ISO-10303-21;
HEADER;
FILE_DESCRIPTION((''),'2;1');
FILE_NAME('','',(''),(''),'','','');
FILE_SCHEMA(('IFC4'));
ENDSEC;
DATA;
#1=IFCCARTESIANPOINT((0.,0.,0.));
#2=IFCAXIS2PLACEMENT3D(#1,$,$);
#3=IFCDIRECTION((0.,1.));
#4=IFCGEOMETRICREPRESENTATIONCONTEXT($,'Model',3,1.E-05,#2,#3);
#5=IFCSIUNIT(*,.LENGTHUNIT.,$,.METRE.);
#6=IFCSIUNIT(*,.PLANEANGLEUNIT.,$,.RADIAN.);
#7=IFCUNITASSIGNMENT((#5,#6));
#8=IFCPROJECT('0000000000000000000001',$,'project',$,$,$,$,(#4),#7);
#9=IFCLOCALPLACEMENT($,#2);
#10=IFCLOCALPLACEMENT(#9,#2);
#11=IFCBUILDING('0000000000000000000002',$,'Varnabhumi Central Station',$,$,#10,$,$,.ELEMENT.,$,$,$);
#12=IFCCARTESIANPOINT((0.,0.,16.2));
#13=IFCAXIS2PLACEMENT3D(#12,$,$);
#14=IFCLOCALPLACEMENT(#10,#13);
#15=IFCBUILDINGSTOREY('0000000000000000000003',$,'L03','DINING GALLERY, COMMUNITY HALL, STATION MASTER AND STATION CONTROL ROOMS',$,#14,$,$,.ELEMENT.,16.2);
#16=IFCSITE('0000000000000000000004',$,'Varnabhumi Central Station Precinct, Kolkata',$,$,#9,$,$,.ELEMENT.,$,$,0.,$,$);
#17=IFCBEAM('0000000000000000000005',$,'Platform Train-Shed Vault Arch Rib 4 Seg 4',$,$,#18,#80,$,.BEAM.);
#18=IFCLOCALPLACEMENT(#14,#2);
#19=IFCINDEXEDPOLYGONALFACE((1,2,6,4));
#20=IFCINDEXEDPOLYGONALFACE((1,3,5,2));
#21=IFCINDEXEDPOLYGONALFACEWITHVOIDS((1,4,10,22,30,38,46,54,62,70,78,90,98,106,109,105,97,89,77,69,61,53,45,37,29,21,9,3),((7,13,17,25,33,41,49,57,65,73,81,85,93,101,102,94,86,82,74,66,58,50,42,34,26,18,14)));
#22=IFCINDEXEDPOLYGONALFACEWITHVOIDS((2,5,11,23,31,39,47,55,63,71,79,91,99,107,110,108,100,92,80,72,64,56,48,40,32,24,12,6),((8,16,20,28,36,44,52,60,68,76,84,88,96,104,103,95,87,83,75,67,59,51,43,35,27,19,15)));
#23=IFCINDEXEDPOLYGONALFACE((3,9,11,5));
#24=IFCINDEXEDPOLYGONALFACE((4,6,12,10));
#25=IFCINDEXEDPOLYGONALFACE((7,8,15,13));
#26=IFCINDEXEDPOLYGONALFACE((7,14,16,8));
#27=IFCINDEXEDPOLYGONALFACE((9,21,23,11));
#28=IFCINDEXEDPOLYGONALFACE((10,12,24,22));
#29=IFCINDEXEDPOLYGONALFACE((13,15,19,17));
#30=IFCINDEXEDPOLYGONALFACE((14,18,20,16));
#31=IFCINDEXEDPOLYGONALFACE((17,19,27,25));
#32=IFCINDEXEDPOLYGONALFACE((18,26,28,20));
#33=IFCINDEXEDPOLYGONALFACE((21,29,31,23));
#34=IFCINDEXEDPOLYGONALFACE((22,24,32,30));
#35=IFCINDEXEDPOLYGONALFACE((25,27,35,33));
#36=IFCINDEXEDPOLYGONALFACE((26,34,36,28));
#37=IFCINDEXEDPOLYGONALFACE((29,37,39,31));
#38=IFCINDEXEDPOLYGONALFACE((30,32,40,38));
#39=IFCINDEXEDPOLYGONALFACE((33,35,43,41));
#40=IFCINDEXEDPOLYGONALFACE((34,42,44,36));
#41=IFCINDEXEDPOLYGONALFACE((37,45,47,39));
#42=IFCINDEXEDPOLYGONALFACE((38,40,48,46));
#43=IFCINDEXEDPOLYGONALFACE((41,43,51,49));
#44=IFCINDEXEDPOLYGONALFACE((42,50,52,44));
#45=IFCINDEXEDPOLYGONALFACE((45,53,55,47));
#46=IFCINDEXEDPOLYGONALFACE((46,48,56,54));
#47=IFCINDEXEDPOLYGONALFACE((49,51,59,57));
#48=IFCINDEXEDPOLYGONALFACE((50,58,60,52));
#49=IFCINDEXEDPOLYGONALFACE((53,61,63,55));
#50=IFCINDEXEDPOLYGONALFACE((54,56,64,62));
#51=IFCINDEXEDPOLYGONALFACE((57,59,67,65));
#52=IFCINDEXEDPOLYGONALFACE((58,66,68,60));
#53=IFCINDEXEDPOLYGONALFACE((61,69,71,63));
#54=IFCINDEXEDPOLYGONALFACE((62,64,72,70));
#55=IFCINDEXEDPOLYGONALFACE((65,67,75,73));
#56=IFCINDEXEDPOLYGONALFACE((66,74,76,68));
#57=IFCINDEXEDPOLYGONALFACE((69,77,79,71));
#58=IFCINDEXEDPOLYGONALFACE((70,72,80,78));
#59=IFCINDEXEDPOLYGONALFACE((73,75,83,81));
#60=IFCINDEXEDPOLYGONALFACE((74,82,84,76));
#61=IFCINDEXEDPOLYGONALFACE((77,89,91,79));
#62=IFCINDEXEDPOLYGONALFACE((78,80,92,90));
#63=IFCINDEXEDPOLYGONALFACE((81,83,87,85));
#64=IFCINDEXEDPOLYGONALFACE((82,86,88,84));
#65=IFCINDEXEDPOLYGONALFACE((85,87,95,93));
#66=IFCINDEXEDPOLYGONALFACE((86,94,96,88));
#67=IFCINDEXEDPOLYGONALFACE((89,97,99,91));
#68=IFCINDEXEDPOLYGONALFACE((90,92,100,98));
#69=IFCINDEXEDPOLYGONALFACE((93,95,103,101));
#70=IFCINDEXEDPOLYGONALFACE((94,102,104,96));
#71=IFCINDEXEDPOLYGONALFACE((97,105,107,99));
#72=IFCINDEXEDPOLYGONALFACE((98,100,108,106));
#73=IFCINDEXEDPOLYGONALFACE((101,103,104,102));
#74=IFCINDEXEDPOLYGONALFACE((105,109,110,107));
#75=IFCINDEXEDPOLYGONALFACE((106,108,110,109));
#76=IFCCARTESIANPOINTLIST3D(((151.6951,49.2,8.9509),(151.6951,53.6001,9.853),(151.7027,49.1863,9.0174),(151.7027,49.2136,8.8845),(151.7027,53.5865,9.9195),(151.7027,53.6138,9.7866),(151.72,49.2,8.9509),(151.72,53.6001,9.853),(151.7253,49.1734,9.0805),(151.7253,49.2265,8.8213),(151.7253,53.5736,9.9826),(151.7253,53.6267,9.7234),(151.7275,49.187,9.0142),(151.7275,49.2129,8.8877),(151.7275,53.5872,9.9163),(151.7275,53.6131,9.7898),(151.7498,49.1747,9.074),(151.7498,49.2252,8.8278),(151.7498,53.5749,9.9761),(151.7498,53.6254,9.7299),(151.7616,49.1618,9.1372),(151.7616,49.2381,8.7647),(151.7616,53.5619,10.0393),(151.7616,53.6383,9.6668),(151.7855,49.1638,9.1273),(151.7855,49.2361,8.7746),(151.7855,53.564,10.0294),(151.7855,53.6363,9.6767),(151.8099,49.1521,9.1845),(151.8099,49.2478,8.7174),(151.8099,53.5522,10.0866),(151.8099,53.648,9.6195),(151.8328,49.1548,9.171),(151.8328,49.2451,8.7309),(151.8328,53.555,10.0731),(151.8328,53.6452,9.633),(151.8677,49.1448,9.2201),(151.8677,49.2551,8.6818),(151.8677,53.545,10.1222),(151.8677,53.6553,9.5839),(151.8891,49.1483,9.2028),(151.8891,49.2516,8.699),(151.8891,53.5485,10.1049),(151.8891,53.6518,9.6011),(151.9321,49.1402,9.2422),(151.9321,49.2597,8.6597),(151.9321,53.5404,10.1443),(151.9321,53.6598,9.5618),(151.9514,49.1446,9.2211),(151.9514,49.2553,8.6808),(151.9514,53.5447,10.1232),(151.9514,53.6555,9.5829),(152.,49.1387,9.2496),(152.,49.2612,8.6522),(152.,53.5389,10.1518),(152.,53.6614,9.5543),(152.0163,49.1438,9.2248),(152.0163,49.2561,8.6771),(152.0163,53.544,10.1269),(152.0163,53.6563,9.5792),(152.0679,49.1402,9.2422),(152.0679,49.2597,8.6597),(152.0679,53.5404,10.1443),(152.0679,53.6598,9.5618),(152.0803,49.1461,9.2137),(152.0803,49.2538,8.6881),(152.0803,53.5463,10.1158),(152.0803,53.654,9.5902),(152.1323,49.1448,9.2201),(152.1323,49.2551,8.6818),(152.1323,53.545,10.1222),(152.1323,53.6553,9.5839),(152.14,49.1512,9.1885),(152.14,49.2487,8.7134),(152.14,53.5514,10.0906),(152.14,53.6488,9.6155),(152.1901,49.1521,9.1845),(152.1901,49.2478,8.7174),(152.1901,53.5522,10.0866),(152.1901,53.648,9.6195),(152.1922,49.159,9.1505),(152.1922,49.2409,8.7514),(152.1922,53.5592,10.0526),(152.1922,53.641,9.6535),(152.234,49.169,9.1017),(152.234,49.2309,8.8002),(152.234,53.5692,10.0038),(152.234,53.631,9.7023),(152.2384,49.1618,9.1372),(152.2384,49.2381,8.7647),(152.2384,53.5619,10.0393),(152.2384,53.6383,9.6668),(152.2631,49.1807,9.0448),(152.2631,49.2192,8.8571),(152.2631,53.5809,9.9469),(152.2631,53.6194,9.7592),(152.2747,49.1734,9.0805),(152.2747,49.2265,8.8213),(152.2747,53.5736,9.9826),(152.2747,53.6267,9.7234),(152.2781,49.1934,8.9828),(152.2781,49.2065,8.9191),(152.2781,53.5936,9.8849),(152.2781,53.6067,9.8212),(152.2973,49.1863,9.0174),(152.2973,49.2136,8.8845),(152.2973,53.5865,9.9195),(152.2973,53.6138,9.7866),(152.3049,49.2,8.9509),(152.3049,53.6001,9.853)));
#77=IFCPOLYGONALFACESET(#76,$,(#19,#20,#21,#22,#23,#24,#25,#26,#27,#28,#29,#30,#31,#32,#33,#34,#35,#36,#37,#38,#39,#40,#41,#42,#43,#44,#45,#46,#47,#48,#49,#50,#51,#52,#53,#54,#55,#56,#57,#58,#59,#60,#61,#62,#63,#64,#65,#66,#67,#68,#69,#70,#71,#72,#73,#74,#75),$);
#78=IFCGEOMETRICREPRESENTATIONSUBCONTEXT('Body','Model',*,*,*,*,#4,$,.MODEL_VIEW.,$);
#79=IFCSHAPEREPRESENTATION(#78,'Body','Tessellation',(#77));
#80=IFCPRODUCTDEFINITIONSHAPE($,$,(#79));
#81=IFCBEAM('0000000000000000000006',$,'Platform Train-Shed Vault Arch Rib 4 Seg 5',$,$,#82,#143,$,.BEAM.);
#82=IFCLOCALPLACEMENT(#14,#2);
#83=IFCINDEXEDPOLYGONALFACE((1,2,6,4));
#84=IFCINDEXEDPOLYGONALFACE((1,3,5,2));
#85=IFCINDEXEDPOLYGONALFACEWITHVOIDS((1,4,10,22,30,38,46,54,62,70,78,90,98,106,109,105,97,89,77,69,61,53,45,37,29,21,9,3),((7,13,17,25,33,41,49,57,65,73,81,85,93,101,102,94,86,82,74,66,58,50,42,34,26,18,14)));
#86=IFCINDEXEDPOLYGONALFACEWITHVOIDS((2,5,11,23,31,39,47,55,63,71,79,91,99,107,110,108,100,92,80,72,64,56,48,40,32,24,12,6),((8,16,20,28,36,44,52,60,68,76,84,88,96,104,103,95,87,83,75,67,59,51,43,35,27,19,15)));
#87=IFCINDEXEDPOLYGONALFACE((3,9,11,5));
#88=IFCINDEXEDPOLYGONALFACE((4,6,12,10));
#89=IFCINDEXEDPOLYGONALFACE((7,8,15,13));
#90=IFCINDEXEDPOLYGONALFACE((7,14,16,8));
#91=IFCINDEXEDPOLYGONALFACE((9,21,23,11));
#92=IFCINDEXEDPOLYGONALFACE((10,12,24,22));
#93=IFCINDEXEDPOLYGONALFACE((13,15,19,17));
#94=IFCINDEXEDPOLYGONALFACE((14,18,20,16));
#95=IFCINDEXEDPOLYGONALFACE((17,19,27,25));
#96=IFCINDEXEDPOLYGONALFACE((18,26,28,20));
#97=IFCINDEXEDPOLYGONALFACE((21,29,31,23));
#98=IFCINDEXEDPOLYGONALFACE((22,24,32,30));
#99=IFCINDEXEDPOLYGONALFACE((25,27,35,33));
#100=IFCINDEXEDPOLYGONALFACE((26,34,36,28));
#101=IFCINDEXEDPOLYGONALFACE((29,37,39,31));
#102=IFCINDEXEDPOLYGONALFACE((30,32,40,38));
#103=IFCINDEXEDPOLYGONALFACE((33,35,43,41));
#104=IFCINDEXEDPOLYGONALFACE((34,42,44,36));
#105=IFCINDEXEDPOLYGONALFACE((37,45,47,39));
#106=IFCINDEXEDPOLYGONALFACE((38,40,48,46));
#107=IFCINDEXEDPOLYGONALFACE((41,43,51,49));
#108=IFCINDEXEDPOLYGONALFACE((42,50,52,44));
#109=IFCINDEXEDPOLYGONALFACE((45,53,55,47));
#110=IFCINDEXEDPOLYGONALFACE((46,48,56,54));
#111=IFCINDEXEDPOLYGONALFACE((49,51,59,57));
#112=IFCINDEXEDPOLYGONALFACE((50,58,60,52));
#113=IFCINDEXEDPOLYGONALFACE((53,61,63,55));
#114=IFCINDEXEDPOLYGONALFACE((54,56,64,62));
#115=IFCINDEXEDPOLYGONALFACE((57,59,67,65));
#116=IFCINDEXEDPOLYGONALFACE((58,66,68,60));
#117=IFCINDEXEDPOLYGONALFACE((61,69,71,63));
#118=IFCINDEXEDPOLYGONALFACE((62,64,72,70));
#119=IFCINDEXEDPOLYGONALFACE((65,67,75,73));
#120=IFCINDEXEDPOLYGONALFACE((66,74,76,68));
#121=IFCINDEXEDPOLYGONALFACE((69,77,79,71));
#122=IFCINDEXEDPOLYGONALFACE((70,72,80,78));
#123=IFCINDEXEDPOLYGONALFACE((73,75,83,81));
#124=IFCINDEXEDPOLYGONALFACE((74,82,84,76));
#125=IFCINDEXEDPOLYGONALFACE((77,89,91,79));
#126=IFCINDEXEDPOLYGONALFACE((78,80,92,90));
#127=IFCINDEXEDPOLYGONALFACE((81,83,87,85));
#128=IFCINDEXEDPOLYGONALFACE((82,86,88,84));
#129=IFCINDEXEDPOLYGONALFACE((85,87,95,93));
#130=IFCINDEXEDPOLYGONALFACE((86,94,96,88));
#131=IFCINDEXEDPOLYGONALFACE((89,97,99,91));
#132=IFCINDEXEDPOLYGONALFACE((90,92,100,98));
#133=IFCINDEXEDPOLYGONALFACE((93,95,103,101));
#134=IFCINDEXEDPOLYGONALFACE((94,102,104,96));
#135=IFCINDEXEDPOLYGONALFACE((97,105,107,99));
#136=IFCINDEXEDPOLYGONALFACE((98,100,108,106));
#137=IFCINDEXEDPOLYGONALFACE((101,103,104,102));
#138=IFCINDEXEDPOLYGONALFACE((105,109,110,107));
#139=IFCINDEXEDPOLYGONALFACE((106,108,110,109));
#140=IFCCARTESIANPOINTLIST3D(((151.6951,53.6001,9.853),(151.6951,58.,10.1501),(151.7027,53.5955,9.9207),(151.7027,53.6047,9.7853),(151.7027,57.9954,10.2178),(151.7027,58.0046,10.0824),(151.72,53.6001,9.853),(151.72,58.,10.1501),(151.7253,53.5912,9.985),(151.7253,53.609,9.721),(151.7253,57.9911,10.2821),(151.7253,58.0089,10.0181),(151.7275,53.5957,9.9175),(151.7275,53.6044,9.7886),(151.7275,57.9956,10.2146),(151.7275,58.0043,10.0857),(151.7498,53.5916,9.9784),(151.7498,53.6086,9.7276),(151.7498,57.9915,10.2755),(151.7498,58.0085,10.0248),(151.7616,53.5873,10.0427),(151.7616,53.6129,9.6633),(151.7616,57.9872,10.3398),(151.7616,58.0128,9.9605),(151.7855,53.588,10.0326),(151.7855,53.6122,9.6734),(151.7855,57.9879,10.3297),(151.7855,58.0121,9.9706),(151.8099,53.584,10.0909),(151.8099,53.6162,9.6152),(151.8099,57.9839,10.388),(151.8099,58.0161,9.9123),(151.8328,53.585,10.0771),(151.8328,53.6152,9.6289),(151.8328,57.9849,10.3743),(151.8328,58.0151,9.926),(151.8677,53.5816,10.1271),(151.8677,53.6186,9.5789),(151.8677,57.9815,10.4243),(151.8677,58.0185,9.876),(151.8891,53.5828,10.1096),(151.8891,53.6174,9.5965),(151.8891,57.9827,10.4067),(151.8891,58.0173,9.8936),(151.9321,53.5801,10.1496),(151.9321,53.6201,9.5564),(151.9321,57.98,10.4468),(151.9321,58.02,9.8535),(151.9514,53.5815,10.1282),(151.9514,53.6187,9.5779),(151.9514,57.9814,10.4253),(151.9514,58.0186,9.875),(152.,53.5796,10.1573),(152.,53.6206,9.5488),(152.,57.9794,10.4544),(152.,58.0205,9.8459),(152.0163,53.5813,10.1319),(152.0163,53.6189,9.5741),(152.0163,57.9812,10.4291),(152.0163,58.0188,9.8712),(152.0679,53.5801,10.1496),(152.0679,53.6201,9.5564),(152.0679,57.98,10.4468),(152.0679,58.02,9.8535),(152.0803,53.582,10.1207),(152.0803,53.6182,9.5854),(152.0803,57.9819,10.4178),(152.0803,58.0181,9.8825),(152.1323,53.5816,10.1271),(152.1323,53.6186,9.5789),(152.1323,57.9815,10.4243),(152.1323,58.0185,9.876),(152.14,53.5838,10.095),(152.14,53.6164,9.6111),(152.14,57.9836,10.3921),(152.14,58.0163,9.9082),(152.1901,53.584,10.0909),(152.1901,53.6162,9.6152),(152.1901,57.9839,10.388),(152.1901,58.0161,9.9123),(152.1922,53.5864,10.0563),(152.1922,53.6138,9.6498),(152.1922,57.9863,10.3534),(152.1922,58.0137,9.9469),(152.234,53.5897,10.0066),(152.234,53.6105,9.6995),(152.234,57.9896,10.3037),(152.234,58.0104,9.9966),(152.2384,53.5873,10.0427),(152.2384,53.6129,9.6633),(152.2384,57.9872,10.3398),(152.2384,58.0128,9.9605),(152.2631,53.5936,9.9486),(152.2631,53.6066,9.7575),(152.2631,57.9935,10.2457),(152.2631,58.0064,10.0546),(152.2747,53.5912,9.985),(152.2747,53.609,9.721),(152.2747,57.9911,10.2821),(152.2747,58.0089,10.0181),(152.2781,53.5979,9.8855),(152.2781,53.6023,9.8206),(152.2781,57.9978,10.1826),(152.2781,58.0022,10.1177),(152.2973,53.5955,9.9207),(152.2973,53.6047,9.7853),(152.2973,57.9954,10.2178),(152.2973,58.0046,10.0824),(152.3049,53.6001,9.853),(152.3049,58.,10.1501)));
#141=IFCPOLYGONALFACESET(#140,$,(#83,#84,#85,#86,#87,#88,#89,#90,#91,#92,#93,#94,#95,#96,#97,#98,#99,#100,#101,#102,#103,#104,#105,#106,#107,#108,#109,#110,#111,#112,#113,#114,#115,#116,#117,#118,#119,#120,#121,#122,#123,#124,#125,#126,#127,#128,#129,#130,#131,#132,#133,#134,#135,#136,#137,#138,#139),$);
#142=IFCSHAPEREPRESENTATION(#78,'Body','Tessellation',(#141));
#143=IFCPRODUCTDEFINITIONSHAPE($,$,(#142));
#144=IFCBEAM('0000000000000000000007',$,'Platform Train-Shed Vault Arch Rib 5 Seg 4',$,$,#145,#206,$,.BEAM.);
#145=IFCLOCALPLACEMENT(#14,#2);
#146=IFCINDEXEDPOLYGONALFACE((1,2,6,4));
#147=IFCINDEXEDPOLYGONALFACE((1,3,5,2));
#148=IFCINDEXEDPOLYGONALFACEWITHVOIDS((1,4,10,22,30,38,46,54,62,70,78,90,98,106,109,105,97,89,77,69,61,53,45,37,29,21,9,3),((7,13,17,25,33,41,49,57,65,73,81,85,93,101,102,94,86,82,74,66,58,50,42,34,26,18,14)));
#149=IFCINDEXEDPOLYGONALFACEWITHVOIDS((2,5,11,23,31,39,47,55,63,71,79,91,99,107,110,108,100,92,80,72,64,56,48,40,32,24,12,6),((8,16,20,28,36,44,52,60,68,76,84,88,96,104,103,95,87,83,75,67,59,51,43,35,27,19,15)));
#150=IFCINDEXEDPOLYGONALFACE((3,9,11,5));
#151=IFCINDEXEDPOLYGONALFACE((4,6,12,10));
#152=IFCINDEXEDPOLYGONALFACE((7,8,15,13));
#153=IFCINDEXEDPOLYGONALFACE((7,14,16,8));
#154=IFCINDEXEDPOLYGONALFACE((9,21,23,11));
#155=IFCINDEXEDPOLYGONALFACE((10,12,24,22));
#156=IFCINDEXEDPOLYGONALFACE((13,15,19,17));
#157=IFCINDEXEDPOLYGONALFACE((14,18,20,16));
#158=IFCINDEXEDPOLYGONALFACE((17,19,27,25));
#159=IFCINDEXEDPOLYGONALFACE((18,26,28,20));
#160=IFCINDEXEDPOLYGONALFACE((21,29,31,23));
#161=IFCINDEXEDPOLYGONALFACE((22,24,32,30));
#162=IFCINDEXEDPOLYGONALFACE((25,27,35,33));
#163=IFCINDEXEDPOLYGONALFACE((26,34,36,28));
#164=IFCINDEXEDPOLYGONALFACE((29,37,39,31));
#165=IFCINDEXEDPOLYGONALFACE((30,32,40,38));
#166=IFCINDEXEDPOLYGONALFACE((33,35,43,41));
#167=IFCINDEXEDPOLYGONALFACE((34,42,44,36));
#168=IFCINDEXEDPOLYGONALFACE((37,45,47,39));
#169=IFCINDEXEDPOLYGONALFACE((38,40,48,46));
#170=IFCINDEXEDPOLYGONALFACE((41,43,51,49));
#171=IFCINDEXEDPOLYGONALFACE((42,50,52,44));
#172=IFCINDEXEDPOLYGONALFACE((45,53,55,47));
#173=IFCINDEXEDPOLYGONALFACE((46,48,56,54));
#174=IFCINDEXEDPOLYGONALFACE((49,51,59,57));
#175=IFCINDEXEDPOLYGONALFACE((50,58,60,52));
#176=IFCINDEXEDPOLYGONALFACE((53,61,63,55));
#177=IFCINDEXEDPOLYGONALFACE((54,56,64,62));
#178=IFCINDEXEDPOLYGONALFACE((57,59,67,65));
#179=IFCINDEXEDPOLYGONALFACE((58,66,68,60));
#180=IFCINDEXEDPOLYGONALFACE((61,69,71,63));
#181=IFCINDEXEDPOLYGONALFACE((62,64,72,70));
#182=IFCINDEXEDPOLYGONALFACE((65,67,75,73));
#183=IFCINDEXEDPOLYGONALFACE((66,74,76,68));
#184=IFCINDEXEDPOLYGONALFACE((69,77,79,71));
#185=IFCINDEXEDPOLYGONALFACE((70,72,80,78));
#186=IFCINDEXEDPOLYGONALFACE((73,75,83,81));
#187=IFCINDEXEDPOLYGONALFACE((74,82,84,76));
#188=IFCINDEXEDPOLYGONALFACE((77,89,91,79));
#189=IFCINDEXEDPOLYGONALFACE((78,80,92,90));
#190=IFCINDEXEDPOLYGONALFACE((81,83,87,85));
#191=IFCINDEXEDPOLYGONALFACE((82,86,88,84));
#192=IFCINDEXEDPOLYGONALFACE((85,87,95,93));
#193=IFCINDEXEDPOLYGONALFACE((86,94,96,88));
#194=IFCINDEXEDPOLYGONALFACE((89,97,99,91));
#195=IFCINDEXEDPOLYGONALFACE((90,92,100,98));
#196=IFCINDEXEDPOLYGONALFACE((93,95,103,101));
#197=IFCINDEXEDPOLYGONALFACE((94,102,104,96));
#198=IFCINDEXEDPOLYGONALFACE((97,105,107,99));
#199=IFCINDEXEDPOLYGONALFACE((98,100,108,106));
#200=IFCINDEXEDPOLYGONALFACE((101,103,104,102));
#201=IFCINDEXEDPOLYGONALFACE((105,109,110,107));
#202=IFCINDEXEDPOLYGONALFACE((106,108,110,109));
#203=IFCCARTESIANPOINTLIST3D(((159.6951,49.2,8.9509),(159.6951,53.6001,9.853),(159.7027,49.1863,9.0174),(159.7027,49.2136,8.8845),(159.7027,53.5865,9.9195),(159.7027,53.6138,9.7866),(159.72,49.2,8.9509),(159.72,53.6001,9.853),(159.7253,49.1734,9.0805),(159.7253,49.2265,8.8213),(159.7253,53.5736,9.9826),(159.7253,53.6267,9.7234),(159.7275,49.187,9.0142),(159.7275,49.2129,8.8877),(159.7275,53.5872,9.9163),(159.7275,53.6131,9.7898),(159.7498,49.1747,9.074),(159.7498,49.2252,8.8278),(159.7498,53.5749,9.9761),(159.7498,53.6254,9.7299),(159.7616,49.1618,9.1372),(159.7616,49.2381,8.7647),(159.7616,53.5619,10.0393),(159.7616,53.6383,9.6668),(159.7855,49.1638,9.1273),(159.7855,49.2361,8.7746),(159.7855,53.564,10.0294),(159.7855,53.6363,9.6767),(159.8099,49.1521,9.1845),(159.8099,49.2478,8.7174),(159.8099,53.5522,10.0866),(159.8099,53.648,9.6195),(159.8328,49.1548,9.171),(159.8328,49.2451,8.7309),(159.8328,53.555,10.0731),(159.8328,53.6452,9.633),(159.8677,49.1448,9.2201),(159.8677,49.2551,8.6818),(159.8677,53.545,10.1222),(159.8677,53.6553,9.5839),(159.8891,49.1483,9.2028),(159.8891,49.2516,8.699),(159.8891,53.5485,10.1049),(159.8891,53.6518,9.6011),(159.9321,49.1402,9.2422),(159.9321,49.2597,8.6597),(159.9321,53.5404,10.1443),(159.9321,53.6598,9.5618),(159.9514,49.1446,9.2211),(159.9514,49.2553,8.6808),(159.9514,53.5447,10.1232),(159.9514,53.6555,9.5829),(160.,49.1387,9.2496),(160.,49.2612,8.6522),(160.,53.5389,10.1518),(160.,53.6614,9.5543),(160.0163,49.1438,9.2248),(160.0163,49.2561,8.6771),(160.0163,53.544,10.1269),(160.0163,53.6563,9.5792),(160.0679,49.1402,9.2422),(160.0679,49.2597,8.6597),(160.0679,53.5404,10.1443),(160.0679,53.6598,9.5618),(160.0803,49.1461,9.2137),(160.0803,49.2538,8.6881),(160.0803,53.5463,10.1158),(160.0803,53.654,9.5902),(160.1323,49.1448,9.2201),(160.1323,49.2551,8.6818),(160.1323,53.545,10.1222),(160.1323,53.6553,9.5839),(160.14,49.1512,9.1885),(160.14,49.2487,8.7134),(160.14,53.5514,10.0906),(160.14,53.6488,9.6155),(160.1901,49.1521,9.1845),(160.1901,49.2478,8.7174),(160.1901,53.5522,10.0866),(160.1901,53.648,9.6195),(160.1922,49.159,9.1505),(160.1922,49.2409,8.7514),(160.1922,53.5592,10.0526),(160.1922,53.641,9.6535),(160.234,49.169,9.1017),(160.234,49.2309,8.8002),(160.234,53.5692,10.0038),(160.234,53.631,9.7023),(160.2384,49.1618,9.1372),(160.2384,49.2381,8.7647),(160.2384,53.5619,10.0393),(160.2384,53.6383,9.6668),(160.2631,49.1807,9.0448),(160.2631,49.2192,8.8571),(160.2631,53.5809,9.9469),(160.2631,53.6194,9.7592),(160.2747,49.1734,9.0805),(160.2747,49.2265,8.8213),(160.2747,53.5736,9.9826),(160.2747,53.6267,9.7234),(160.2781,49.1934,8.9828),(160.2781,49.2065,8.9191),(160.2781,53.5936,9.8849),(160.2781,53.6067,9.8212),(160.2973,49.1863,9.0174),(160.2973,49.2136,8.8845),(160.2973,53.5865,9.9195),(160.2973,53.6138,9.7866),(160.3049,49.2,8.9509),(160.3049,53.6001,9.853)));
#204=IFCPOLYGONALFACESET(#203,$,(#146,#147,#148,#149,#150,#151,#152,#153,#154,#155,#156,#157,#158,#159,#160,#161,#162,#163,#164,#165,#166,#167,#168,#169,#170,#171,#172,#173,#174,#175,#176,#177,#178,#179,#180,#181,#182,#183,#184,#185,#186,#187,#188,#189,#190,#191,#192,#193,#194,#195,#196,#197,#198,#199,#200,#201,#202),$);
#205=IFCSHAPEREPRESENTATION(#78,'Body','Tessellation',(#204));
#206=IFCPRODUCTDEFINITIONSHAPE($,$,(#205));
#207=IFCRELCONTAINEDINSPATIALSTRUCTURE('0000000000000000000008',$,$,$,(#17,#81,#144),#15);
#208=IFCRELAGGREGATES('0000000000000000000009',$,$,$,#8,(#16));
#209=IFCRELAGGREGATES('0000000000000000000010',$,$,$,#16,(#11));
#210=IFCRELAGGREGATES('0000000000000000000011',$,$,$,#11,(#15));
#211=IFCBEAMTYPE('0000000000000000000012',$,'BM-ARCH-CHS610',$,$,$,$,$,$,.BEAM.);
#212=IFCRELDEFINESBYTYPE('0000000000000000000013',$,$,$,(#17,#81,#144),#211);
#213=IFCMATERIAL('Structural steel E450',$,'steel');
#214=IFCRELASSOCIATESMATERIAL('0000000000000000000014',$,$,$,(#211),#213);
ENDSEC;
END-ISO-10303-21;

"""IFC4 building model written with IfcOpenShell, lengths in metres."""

from ifc_helpers import new_model, si_unit, direction, frame, origin, origin_2d, place, context, subcontext, project, spatial, hollow_circle, extrude, material, material_profile, profile_set, type_object, element, save


model = new_model("IFC4")

# Units and contexts
model_context = context("Model", 3, precision=1e-05, world=origin(), true_north=direction((0.0, 1.0)))
body_context = subcontext(model_context, "Body", "Model", "MODEL_VIEW")
ifc_project = project(units=[si_unit("LENGTHUNIT", "METRE"), si_unit("PLANEANGLEUNIT", "RADIAN")], contexts=[model_context])

# Site, building, storey
site_placement = place(None, origin())
site = spatial("IfcSite", under=ifc_project, at=site_placement, Name="Varnabhumi Central Station Precinct, Kolkata", CompositionType="ELEMENT", RefElevation=0.0)
building_placement = place(site_placement, origin())
building = spatial("IfcBuilding", under=site, at=building_placement, Name="Varnabhumi Central Station", CompositionType="ELEMENT")
storey_placement = place(building_placement, frame((0.0, 0.0, 16.2)))
storey = spatial("IfcBuildingStorey", under=building, at=storey_placement, Name="L03", Description="DINING GALLERY, COMMUNITY HALL, STATION MASTER AND STATION CONTROL ROOMS", CompositionType="ELEMENT", Elevation=16.2)

# Beams
ifc_material_1 = material(Name="Structural steel E450", Category="steel")
ifc_material_profile_1 = material_profile(ifc_material_1, hollow_circle(Radius=0.3049, WallThickness=0.0249, at=origin_2d()), Name="Structural steel E450", Category="steel")
ifc_profile_set_1 = profile_set([ifc_material_profile_1], Name="Structural steel E450")
beam_type_1 = type_object("IfcBeamType", Name="BM-ARCH-CHS610", PredefinedType="BEAM", material=ifc_profile_set_1)
beam_1_placement = place(storey_placement, frame((152.0, 49.2, 8.9509), z_axis=(0.0, 0.979624, 0.200838), x_axis=(-1.0, 0.0, 0.0)))
element("IfcBeam", 1, at=beam_1_placement, inside=storey, type_object=beam_type_1, Name="Platform Train-Shed Vault Arch Rib 4 Seg 4", PredefinedType="BEAM", context=body_context, shape_type="SweptSolid", body=[
    extrude(hollow_circle(Radius=0.3049, WallThickness=0.0249, at=origin_2d()), origin(), (0.0, 0.0, 1.0), 4.4917),
])
beam_2_placement = place(storey_placement, frame((152.0, 53.6001, 9.853), z_axis=(0.0, 0.997728, 0.067375), x_axis=(-1.0, 0.0, 0.0)))
element("IfcBeam", 2, at=beam_2_placement, inside=storey, type_object=beam_type_1, Name="Platform Train-Shed Vault Arch Rib 4 Seg 5", PredefinedType="BEAM", context=body_context, shape_type="SweptSolid", body=[
    extrude(hollow_circle(Radius=0.3049, WallThickness=0.0249, at=origin_2d()), origin(), (0.0, 0.0, 1.0), 4.4099),
])
beam_3_placement = place(storey_placement, frame((160.0, 49.2, 8.9509), z_axis=(0.0, 0.979624, 0.200838), x_axis=(-1.0, 0.0, 0.0)))
element("IfcBeam", 3, at=beam_3_placement, inside=storey, type_object=beam_type_1, Name="Platform Train-Shed Vault Arch Rib 5 Seg 4", PredefinedType="BEAM", context=body_context, shape_type="SweptSolid", body=[
    extrude(hollow_circle(Radius=0.3049, WallThickness=0.0249, at=origin_2d()), origin(), (0.0, 0.0, 1.0), 4.4917),
])

save(model, "model.ifc")
